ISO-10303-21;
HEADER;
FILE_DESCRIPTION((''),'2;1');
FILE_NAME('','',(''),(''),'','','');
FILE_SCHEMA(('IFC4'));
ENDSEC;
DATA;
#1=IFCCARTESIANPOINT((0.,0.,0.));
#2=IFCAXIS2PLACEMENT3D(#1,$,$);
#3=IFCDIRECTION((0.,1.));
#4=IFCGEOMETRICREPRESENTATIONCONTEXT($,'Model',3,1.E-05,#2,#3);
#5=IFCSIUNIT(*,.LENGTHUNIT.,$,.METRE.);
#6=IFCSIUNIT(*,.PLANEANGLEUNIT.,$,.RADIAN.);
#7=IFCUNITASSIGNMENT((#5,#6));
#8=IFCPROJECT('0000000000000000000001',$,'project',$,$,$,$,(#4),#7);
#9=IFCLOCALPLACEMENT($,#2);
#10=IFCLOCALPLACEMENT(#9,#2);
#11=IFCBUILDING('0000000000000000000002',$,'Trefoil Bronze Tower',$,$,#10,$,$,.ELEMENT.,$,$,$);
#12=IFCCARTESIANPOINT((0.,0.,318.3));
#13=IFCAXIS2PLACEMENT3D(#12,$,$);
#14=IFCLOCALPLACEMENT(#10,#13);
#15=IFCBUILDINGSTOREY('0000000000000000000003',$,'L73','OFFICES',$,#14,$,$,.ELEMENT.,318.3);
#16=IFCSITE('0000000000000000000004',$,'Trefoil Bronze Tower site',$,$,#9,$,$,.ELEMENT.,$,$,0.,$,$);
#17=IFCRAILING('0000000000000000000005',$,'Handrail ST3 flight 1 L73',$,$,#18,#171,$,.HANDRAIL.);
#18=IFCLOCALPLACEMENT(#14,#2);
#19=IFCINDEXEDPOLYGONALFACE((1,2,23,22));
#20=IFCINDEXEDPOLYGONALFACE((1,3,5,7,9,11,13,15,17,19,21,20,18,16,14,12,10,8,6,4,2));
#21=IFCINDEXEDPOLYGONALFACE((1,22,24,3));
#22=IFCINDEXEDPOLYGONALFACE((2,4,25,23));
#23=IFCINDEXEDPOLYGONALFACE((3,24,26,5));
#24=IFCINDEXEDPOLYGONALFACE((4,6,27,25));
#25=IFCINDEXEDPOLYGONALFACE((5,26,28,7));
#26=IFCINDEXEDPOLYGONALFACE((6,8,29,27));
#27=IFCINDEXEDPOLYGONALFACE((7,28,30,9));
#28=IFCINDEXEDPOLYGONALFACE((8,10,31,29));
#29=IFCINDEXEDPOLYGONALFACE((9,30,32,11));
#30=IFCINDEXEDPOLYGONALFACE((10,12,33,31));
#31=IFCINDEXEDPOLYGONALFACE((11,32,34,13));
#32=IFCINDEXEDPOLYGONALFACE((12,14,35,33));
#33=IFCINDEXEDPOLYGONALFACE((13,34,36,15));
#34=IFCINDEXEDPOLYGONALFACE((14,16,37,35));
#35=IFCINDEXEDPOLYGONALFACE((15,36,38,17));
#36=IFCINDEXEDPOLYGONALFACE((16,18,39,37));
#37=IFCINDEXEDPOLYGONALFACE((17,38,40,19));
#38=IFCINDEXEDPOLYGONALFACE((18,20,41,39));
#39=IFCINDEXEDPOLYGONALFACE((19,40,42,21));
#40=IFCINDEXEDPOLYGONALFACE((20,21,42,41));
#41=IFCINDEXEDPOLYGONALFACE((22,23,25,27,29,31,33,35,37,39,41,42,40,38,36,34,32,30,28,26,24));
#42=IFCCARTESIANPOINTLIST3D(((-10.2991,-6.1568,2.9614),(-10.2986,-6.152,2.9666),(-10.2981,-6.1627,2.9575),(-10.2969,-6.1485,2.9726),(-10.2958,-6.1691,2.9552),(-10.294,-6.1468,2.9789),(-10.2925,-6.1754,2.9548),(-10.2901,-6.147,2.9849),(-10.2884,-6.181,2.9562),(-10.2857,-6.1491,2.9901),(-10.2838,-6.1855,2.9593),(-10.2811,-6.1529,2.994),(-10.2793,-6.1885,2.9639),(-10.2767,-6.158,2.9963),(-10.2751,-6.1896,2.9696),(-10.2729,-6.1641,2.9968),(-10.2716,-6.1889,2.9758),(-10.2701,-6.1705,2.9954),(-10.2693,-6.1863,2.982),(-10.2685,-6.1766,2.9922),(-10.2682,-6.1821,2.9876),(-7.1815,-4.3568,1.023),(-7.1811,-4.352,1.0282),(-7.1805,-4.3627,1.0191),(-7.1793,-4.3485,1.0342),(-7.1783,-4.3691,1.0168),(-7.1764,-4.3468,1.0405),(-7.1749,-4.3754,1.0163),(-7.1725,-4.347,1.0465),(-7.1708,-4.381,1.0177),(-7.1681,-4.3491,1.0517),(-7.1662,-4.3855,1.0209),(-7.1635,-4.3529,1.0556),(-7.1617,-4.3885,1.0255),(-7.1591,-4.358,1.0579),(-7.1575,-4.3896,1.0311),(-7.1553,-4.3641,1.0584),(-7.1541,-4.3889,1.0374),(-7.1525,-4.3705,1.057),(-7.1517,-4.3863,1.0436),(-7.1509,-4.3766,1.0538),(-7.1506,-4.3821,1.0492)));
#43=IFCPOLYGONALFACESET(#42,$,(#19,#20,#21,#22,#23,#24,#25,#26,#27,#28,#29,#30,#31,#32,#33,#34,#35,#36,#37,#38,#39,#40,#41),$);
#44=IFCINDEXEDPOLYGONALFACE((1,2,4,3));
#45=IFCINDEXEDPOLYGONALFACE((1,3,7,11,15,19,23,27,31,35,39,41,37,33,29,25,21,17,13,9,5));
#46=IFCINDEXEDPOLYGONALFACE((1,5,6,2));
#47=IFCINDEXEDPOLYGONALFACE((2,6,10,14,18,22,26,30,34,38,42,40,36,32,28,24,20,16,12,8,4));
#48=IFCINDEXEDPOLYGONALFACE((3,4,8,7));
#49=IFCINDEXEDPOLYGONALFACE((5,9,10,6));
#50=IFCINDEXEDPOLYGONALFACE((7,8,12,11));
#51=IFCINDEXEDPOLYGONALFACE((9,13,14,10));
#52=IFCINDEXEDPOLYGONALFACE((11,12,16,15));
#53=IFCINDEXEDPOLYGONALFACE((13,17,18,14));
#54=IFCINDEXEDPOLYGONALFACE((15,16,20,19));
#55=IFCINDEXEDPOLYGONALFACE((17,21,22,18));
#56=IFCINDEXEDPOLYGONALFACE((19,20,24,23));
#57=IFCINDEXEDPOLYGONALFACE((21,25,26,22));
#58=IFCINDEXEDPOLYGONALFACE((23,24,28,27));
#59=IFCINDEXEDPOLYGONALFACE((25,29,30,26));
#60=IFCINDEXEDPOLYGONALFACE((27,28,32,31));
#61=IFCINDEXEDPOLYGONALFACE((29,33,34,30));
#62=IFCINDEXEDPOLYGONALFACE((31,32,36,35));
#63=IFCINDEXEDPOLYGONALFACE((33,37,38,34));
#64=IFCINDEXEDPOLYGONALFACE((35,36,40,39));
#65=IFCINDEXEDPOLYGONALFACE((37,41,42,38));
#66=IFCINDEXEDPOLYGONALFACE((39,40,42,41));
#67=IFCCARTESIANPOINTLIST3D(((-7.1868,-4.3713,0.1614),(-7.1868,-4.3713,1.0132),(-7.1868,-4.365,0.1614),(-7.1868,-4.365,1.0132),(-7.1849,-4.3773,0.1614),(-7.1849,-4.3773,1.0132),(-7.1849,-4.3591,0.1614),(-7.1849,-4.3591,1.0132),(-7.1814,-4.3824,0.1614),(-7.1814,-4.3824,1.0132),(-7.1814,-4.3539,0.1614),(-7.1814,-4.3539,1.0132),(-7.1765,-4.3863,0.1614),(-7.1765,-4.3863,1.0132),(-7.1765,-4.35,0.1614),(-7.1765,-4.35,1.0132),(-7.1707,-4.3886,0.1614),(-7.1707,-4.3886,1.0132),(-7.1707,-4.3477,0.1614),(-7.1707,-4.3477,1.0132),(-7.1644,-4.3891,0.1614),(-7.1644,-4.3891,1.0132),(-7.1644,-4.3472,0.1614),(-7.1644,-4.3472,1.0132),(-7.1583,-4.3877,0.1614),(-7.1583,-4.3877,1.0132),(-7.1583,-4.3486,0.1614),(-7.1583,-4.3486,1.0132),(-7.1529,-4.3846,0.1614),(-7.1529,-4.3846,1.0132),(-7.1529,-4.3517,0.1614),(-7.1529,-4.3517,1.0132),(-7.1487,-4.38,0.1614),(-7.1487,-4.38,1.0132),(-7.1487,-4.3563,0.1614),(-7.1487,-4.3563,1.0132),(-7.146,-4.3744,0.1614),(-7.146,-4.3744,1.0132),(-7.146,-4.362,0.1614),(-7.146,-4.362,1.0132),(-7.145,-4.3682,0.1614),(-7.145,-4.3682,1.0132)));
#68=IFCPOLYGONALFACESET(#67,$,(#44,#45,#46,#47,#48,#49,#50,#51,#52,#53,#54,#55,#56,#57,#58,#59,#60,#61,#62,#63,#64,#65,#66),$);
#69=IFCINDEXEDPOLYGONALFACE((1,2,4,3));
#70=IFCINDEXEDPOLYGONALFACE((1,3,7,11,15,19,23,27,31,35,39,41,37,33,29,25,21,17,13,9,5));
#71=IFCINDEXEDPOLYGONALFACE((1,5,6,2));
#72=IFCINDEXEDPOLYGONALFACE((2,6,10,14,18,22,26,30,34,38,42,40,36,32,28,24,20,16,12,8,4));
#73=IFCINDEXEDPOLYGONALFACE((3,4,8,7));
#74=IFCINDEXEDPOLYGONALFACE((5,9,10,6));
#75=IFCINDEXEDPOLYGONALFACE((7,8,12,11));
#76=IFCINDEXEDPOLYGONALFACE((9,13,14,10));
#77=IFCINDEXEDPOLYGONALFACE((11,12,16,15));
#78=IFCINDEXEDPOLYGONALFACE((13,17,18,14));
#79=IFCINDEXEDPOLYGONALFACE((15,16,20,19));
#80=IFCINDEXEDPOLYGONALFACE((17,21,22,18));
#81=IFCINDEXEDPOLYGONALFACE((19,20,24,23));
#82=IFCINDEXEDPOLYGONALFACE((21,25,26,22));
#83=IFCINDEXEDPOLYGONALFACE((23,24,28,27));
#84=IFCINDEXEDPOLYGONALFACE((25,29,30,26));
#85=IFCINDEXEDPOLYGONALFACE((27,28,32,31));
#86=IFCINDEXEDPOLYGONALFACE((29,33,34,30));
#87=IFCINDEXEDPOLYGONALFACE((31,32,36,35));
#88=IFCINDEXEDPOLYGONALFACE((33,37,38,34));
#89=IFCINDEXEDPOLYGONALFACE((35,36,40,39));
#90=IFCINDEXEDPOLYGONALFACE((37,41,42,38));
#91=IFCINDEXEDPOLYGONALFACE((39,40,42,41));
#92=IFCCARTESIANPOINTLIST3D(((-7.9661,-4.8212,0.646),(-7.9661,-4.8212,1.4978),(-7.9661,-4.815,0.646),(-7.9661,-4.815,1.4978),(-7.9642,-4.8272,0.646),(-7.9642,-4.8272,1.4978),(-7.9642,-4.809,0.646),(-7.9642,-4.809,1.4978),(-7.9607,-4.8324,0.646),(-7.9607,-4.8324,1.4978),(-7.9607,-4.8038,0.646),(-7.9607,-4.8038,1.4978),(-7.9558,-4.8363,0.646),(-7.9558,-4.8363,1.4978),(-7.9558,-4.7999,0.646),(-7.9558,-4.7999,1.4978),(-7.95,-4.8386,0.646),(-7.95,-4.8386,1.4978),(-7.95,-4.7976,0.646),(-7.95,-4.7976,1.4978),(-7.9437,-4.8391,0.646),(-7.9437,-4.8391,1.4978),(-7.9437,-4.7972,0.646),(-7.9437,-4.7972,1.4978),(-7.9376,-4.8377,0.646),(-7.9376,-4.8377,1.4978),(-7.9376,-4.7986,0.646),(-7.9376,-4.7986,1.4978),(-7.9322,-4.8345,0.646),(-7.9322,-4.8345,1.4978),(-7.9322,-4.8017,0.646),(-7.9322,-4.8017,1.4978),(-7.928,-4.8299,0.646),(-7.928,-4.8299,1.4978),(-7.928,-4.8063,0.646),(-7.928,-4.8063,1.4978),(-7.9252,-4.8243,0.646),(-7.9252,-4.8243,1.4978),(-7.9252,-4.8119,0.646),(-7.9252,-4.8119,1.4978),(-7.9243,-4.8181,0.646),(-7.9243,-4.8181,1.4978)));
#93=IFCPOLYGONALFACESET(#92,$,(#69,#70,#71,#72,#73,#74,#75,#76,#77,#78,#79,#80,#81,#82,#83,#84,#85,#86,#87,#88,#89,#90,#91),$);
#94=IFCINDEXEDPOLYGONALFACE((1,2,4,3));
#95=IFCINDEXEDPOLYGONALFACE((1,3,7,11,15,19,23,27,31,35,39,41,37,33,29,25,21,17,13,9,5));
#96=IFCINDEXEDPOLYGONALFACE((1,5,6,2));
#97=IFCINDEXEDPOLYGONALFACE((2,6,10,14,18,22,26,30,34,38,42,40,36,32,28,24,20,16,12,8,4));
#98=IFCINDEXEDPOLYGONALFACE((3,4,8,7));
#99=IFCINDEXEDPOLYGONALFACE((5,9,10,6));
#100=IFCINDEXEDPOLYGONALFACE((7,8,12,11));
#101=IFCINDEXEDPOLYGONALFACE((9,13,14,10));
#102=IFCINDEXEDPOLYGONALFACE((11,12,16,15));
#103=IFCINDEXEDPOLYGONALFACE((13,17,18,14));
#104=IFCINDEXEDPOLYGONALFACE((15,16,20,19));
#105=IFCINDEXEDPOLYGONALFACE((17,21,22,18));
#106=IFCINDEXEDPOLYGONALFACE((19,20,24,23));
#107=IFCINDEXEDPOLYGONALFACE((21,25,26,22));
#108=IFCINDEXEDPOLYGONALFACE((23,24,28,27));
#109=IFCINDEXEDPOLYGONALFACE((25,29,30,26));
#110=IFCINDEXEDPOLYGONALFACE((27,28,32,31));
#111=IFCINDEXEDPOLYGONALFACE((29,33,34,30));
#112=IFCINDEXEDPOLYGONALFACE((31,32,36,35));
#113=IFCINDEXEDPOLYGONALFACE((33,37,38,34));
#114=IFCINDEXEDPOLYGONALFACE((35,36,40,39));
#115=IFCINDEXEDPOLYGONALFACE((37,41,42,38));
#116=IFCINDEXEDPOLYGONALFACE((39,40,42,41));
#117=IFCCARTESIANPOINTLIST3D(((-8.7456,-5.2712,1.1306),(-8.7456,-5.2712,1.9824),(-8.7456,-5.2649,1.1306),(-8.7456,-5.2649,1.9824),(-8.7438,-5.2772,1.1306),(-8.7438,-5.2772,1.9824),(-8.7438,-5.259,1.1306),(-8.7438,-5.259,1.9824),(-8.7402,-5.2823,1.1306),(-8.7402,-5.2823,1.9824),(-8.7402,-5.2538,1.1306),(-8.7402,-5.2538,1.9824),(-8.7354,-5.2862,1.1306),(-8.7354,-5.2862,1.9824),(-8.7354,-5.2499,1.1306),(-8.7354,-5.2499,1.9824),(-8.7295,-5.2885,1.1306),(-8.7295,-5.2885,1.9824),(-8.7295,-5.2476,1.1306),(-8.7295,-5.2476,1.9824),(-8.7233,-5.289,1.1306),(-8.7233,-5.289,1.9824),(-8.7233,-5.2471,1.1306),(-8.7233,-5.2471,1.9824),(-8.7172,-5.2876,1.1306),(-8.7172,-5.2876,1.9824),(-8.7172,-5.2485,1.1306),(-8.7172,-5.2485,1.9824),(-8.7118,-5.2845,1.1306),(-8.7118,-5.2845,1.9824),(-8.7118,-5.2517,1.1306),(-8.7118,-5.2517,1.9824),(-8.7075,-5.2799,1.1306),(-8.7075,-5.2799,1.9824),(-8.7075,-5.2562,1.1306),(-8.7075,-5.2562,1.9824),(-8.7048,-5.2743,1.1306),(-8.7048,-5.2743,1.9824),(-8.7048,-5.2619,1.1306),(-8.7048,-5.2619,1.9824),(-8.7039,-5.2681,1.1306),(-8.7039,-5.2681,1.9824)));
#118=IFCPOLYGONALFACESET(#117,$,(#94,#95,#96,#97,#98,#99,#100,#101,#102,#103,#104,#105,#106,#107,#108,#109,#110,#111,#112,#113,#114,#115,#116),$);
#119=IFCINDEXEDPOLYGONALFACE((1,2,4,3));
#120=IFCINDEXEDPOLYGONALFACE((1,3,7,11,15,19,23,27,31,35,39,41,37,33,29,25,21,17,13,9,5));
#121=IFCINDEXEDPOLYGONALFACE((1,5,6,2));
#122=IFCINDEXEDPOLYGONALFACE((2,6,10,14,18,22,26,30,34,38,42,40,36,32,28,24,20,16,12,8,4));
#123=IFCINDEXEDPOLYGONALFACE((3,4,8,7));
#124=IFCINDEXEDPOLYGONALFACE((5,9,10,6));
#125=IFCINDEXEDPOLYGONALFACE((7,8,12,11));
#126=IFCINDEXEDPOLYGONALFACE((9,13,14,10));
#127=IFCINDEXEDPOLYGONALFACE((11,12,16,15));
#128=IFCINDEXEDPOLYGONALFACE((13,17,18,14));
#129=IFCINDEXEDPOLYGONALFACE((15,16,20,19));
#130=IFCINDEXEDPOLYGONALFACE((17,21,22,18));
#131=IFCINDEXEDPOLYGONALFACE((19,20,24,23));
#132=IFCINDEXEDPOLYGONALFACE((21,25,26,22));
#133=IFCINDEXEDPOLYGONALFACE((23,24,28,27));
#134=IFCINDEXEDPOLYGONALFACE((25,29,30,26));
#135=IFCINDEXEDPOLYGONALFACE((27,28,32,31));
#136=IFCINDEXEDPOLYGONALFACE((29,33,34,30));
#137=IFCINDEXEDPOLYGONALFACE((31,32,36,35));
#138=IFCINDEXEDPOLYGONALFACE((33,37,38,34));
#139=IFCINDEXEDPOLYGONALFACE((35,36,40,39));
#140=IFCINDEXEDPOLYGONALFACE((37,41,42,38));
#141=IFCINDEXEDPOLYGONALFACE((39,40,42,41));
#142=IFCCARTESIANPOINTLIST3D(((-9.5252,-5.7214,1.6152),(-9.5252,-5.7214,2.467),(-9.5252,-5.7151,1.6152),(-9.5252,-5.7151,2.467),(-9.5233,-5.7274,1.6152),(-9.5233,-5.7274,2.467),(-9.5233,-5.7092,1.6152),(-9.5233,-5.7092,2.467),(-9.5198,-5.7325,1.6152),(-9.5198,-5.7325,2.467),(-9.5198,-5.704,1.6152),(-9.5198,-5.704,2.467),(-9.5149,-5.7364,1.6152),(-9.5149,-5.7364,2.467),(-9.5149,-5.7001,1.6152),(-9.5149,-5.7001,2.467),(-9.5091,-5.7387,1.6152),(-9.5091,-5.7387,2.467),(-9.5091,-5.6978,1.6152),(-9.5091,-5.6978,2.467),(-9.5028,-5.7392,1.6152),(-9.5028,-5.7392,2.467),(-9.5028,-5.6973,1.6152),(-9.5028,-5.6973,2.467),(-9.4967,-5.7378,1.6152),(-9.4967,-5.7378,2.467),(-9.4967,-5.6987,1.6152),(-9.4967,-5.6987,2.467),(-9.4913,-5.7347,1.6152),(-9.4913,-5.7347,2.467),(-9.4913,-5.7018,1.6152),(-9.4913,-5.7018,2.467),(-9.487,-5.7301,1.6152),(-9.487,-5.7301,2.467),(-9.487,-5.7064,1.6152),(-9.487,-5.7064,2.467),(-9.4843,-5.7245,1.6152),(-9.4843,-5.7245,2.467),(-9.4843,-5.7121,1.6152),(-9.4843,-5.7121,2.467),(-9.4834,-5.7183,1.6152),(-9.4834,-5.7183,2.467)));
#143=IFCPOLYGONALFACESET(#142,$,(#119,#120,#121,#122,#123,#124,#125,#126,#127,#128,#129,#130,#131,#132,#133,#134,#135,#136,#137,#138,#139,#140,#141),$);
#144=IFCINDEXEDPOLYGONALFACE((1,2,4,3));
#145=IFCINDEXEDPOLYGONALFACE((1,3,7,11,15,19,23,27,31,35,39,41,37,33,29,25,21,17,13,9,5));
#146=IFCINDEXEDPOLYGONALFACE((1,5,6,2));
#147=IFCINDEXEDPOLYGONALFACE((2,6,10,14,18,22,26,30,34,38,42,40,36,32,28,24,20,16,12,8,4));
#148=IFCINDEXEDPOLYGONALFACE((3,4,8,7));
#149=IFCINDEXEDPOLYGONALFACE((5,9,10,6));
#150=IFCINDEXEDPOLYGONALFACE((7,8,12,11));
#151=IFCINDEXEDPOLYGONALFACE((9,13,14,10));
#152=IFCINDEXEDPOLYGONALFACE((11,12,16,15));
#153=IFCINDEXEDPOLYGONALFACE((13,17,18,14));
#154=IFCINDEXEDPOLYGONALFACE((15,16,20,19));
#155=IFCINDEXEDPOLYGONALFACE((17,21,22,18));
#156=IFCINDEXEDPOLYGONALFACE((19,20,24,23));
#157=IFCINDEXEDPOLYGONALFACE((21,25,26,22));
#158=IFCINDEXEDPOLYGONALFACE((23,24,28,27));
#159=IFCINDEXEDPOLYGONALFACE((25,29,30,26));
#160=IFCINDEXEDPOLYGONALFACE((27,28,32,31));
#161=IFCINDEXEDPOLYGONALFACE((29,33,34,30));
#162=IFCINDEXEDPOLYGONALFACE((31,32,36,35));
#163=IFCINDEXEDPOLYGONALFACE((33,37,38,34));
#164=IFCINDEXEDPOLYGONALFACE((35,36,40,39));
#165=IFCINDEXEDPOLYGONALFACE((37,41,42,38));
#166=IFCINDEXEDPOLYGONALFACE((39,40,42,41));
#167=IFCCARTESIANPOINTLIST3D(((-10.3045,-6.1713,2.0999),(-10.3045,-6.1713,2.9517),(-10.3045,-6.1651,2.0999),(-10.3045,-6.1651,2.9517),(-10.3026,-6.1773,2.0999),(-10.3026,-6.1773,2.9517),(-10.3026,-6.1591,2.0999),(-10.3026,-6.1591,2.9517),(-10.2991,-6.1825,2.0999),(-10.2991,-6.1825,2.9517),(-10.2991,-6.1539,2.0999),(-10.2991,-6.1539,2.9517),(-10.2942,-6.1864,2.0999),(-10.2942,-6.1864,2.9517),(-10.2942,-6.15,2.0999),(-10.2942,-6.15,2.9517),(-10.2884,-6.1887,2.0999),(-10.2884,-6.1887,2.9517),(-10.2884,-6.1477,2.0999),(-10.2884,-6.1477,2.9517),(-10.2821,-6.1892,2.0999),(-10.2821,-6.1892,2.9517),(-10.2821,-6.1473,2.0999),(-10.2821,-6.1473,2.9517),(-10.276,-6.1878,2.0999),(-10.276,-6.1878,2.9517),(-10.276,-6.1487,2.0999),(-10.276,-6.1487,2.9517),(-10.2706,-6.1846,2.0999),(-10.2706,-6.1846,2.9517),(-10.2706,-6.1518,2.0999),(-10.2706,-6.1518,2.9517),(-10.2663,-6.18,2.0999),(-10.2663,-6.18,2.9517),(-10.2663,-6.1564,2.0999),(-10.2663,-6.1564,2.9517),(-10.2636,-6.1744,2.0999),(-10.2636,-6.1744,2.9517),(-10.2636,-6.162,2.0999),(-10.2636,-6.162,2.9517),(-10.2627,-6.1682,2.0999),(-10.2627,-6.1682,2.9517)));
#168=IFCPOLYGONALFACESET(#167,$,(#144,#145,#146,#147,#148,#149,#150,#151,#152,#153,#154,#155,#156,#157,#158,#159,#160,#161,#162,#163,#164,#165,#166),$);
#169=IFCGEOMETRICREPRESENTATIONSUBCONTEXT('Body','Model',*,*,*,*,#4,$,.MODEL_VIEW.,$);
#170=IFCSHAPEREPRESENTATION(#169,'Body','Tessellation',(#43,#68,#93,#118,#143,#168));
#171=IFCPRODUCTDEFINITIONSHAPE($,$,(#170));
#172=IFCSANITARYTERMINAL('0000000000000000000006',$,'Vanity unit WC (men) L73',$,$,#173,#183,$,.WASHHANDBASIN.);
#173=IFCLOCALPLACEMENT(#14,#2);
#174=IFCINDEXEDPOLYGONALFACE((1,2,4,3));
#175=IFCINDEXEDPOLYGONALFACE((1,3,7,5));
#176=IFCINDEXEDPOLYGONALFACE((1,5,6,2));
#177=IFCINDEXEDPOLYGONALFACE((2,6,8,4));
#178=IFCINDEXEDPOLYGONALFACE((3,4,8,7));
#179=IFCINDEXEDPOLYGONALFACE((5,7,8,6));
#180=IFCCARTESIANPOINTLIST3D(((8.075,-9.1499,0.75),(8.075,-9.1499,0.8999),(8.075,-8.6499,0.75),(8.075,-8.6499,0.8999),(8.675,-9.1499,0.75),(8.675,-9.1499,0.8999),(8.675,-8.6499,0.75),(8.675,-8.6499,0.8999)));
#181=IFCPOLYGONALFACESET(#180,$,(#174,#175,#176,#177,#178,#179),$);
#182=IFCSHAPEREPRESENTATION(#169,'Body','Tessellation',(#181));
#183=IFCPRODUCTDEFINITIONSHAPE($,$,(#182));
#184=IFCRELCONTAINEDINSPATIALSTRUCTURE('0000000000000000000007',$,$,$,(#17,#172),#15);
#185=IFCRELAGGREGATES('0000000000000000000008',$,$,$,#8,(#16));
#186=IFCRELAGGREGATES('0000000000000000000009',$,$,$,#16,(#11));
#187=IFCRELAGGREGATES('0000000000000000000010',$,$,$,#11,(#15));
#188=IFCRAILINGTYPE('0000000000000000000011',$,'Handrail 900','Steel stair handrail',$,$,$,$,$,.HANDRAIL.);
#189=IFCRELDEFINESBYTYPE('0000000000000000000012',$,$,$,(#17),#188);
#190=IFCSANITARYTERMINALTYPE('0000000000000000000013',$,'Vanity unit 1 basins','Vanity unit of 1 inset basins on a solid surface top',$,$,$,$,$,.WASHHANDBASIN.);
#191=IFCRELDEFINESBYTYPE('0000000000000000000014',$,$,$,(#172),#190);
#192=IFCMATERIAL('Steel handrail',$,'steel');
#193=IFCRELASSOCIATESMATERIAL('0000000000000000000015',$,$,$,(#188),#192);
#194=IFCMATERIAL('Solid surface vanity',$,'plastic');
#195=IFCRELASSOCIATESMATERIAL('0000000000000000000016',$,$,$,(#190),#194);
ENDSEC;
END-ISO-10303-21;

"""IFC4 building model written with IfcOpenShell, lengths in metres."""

from ifc_helpers import new_model, si_unit, direction, frame, origin, origin_2d, place, context, subcontext, project, spatial, polyline, circle, outline, extrude, material, type_object, element, save


model = new_model("IFC4")

# Units and contexts
model_context = context("Model", 3, precision=1e-05, world=origin(), true_north=direction((0.0, 1.0)))
body_context = subcontext(model_context, "Body", "Model", "MODEL_VIEW")
ifc_project = project(units=[si_unit("LENGTHUNIT", "METRE"), si_unit("PLANEANGLEUNIT", "RADIAN")], contexts=[model_context])

# Site, building, storey
site_placement = place(None, origin())
site = spatial("IfcSite", under=ifc_project, at=site_placement, Name="Trefoil Bronze Tower site", CompositionType="ELEMENT", RefElevation=0.0)
building_placement = place(site_placement, origin())
building = spatial("IfcBuilding", under=site, at=building_placement, Name="Trefoil Bronze Tower", CompositionType="ELEMENT")
storey_placement = place(building_placement, frame((0.0, 0.0, 318.3)))
storey = spatial("IfcBuildingStorey", under=building, at=storey_placement, Name="L73", Description="OFFICES", CompositionType="ELEMENT", Elevation=318.3)

# Railing
ifc_material_1 = material(Name="Steel handrail", Category="steel")
railing_type = type_object("IfcRailingType", Name="Handrail 900", Description="Steel stair handrail", PredefinedType="HANDRAIL", material=ifc_material_1)
railing_placement = place(storey_placement, frame((-7.166, -4.3682, 0.1614)))
element("IfcRailing", 1, at=railing_placement, inside=storey, type_object=railing_type, Name="Handrail ST3 flight 1 L73", PredefinedType="HANDRAIL", context=body_context, shape_type="SweptSolid", body=[
    extrude(circle(Radius=0.0239, at=origin_2d()), frame((0.0, 0.0, 0.876), z_axis=(-0.762503, -0.440246, 0.474102), x_axis=(0.500012, -0.866018, 0.0)), (0.0, 0.0, 1.0), 4.0886),
    extrude(circle(Radius=0.021, at=origin_2d()), origin(), (0.0, 0.0, 1.0), 0.8518),
    extrude(circle(Radius=0.021, at=origin_2d()), frame((-0.7793, -0.45, 0.4846)), (0.0, 0.0, 1.0), 0.8518),
    extrude(circle(Radius=0.021, at=origin_2d()), frame((-1.5588, -0.8999, 0.9692)), (0.0, 0.0, 1.0), 0.8518),
    extrude(circle(Radius=0.021, at=origin_2d()), frame((-2.3384, -1.3501, 1.4539)), (0.0, 0.0, 1.0), 0.8518),
    extrude(circle(Radius=0.021, at=origin_2d()), frame((-3.1177, -1.8, 1.9385)), (0.0, 0.0, 1.0), 0.8518),
])

# Sanitary terminal
ifc_material_2 = material(Name="Solid surface vanity", Category="plastic")
sanitary_terminal_type = type_object("IfcSanitaryTerminalType", Name="Vanity unit 1 basins", Description="Vanity unit of 1 inset basins on a solid surface top", PredefinedType="WASHHANDBASIN", material=ifc_material_2)
sanitary_terminal_placement = place(storey_placement, frame((0.0, 0.0, 0.75)))
element("IfcSanitaryTerminal", 2, at=sanitary_terminal_placement, inside=storey, type_object=sanitary_terminal_type, Name="Vanity unit WC (men) L73", PredefinedType="WASHHANDBASIN", context=body_context, shape_type="SweptSolid", body=[
    extrude(outline(polyline([(8.075, -8.6499), (8.675, -8.6499), (8.675, -9.1499), (8.075, -9.1499), (8.075, -8.6499)])), origin(), (0.0, 0.0, 1.0), 0.1499),
])

save(model, "model.ifc")
